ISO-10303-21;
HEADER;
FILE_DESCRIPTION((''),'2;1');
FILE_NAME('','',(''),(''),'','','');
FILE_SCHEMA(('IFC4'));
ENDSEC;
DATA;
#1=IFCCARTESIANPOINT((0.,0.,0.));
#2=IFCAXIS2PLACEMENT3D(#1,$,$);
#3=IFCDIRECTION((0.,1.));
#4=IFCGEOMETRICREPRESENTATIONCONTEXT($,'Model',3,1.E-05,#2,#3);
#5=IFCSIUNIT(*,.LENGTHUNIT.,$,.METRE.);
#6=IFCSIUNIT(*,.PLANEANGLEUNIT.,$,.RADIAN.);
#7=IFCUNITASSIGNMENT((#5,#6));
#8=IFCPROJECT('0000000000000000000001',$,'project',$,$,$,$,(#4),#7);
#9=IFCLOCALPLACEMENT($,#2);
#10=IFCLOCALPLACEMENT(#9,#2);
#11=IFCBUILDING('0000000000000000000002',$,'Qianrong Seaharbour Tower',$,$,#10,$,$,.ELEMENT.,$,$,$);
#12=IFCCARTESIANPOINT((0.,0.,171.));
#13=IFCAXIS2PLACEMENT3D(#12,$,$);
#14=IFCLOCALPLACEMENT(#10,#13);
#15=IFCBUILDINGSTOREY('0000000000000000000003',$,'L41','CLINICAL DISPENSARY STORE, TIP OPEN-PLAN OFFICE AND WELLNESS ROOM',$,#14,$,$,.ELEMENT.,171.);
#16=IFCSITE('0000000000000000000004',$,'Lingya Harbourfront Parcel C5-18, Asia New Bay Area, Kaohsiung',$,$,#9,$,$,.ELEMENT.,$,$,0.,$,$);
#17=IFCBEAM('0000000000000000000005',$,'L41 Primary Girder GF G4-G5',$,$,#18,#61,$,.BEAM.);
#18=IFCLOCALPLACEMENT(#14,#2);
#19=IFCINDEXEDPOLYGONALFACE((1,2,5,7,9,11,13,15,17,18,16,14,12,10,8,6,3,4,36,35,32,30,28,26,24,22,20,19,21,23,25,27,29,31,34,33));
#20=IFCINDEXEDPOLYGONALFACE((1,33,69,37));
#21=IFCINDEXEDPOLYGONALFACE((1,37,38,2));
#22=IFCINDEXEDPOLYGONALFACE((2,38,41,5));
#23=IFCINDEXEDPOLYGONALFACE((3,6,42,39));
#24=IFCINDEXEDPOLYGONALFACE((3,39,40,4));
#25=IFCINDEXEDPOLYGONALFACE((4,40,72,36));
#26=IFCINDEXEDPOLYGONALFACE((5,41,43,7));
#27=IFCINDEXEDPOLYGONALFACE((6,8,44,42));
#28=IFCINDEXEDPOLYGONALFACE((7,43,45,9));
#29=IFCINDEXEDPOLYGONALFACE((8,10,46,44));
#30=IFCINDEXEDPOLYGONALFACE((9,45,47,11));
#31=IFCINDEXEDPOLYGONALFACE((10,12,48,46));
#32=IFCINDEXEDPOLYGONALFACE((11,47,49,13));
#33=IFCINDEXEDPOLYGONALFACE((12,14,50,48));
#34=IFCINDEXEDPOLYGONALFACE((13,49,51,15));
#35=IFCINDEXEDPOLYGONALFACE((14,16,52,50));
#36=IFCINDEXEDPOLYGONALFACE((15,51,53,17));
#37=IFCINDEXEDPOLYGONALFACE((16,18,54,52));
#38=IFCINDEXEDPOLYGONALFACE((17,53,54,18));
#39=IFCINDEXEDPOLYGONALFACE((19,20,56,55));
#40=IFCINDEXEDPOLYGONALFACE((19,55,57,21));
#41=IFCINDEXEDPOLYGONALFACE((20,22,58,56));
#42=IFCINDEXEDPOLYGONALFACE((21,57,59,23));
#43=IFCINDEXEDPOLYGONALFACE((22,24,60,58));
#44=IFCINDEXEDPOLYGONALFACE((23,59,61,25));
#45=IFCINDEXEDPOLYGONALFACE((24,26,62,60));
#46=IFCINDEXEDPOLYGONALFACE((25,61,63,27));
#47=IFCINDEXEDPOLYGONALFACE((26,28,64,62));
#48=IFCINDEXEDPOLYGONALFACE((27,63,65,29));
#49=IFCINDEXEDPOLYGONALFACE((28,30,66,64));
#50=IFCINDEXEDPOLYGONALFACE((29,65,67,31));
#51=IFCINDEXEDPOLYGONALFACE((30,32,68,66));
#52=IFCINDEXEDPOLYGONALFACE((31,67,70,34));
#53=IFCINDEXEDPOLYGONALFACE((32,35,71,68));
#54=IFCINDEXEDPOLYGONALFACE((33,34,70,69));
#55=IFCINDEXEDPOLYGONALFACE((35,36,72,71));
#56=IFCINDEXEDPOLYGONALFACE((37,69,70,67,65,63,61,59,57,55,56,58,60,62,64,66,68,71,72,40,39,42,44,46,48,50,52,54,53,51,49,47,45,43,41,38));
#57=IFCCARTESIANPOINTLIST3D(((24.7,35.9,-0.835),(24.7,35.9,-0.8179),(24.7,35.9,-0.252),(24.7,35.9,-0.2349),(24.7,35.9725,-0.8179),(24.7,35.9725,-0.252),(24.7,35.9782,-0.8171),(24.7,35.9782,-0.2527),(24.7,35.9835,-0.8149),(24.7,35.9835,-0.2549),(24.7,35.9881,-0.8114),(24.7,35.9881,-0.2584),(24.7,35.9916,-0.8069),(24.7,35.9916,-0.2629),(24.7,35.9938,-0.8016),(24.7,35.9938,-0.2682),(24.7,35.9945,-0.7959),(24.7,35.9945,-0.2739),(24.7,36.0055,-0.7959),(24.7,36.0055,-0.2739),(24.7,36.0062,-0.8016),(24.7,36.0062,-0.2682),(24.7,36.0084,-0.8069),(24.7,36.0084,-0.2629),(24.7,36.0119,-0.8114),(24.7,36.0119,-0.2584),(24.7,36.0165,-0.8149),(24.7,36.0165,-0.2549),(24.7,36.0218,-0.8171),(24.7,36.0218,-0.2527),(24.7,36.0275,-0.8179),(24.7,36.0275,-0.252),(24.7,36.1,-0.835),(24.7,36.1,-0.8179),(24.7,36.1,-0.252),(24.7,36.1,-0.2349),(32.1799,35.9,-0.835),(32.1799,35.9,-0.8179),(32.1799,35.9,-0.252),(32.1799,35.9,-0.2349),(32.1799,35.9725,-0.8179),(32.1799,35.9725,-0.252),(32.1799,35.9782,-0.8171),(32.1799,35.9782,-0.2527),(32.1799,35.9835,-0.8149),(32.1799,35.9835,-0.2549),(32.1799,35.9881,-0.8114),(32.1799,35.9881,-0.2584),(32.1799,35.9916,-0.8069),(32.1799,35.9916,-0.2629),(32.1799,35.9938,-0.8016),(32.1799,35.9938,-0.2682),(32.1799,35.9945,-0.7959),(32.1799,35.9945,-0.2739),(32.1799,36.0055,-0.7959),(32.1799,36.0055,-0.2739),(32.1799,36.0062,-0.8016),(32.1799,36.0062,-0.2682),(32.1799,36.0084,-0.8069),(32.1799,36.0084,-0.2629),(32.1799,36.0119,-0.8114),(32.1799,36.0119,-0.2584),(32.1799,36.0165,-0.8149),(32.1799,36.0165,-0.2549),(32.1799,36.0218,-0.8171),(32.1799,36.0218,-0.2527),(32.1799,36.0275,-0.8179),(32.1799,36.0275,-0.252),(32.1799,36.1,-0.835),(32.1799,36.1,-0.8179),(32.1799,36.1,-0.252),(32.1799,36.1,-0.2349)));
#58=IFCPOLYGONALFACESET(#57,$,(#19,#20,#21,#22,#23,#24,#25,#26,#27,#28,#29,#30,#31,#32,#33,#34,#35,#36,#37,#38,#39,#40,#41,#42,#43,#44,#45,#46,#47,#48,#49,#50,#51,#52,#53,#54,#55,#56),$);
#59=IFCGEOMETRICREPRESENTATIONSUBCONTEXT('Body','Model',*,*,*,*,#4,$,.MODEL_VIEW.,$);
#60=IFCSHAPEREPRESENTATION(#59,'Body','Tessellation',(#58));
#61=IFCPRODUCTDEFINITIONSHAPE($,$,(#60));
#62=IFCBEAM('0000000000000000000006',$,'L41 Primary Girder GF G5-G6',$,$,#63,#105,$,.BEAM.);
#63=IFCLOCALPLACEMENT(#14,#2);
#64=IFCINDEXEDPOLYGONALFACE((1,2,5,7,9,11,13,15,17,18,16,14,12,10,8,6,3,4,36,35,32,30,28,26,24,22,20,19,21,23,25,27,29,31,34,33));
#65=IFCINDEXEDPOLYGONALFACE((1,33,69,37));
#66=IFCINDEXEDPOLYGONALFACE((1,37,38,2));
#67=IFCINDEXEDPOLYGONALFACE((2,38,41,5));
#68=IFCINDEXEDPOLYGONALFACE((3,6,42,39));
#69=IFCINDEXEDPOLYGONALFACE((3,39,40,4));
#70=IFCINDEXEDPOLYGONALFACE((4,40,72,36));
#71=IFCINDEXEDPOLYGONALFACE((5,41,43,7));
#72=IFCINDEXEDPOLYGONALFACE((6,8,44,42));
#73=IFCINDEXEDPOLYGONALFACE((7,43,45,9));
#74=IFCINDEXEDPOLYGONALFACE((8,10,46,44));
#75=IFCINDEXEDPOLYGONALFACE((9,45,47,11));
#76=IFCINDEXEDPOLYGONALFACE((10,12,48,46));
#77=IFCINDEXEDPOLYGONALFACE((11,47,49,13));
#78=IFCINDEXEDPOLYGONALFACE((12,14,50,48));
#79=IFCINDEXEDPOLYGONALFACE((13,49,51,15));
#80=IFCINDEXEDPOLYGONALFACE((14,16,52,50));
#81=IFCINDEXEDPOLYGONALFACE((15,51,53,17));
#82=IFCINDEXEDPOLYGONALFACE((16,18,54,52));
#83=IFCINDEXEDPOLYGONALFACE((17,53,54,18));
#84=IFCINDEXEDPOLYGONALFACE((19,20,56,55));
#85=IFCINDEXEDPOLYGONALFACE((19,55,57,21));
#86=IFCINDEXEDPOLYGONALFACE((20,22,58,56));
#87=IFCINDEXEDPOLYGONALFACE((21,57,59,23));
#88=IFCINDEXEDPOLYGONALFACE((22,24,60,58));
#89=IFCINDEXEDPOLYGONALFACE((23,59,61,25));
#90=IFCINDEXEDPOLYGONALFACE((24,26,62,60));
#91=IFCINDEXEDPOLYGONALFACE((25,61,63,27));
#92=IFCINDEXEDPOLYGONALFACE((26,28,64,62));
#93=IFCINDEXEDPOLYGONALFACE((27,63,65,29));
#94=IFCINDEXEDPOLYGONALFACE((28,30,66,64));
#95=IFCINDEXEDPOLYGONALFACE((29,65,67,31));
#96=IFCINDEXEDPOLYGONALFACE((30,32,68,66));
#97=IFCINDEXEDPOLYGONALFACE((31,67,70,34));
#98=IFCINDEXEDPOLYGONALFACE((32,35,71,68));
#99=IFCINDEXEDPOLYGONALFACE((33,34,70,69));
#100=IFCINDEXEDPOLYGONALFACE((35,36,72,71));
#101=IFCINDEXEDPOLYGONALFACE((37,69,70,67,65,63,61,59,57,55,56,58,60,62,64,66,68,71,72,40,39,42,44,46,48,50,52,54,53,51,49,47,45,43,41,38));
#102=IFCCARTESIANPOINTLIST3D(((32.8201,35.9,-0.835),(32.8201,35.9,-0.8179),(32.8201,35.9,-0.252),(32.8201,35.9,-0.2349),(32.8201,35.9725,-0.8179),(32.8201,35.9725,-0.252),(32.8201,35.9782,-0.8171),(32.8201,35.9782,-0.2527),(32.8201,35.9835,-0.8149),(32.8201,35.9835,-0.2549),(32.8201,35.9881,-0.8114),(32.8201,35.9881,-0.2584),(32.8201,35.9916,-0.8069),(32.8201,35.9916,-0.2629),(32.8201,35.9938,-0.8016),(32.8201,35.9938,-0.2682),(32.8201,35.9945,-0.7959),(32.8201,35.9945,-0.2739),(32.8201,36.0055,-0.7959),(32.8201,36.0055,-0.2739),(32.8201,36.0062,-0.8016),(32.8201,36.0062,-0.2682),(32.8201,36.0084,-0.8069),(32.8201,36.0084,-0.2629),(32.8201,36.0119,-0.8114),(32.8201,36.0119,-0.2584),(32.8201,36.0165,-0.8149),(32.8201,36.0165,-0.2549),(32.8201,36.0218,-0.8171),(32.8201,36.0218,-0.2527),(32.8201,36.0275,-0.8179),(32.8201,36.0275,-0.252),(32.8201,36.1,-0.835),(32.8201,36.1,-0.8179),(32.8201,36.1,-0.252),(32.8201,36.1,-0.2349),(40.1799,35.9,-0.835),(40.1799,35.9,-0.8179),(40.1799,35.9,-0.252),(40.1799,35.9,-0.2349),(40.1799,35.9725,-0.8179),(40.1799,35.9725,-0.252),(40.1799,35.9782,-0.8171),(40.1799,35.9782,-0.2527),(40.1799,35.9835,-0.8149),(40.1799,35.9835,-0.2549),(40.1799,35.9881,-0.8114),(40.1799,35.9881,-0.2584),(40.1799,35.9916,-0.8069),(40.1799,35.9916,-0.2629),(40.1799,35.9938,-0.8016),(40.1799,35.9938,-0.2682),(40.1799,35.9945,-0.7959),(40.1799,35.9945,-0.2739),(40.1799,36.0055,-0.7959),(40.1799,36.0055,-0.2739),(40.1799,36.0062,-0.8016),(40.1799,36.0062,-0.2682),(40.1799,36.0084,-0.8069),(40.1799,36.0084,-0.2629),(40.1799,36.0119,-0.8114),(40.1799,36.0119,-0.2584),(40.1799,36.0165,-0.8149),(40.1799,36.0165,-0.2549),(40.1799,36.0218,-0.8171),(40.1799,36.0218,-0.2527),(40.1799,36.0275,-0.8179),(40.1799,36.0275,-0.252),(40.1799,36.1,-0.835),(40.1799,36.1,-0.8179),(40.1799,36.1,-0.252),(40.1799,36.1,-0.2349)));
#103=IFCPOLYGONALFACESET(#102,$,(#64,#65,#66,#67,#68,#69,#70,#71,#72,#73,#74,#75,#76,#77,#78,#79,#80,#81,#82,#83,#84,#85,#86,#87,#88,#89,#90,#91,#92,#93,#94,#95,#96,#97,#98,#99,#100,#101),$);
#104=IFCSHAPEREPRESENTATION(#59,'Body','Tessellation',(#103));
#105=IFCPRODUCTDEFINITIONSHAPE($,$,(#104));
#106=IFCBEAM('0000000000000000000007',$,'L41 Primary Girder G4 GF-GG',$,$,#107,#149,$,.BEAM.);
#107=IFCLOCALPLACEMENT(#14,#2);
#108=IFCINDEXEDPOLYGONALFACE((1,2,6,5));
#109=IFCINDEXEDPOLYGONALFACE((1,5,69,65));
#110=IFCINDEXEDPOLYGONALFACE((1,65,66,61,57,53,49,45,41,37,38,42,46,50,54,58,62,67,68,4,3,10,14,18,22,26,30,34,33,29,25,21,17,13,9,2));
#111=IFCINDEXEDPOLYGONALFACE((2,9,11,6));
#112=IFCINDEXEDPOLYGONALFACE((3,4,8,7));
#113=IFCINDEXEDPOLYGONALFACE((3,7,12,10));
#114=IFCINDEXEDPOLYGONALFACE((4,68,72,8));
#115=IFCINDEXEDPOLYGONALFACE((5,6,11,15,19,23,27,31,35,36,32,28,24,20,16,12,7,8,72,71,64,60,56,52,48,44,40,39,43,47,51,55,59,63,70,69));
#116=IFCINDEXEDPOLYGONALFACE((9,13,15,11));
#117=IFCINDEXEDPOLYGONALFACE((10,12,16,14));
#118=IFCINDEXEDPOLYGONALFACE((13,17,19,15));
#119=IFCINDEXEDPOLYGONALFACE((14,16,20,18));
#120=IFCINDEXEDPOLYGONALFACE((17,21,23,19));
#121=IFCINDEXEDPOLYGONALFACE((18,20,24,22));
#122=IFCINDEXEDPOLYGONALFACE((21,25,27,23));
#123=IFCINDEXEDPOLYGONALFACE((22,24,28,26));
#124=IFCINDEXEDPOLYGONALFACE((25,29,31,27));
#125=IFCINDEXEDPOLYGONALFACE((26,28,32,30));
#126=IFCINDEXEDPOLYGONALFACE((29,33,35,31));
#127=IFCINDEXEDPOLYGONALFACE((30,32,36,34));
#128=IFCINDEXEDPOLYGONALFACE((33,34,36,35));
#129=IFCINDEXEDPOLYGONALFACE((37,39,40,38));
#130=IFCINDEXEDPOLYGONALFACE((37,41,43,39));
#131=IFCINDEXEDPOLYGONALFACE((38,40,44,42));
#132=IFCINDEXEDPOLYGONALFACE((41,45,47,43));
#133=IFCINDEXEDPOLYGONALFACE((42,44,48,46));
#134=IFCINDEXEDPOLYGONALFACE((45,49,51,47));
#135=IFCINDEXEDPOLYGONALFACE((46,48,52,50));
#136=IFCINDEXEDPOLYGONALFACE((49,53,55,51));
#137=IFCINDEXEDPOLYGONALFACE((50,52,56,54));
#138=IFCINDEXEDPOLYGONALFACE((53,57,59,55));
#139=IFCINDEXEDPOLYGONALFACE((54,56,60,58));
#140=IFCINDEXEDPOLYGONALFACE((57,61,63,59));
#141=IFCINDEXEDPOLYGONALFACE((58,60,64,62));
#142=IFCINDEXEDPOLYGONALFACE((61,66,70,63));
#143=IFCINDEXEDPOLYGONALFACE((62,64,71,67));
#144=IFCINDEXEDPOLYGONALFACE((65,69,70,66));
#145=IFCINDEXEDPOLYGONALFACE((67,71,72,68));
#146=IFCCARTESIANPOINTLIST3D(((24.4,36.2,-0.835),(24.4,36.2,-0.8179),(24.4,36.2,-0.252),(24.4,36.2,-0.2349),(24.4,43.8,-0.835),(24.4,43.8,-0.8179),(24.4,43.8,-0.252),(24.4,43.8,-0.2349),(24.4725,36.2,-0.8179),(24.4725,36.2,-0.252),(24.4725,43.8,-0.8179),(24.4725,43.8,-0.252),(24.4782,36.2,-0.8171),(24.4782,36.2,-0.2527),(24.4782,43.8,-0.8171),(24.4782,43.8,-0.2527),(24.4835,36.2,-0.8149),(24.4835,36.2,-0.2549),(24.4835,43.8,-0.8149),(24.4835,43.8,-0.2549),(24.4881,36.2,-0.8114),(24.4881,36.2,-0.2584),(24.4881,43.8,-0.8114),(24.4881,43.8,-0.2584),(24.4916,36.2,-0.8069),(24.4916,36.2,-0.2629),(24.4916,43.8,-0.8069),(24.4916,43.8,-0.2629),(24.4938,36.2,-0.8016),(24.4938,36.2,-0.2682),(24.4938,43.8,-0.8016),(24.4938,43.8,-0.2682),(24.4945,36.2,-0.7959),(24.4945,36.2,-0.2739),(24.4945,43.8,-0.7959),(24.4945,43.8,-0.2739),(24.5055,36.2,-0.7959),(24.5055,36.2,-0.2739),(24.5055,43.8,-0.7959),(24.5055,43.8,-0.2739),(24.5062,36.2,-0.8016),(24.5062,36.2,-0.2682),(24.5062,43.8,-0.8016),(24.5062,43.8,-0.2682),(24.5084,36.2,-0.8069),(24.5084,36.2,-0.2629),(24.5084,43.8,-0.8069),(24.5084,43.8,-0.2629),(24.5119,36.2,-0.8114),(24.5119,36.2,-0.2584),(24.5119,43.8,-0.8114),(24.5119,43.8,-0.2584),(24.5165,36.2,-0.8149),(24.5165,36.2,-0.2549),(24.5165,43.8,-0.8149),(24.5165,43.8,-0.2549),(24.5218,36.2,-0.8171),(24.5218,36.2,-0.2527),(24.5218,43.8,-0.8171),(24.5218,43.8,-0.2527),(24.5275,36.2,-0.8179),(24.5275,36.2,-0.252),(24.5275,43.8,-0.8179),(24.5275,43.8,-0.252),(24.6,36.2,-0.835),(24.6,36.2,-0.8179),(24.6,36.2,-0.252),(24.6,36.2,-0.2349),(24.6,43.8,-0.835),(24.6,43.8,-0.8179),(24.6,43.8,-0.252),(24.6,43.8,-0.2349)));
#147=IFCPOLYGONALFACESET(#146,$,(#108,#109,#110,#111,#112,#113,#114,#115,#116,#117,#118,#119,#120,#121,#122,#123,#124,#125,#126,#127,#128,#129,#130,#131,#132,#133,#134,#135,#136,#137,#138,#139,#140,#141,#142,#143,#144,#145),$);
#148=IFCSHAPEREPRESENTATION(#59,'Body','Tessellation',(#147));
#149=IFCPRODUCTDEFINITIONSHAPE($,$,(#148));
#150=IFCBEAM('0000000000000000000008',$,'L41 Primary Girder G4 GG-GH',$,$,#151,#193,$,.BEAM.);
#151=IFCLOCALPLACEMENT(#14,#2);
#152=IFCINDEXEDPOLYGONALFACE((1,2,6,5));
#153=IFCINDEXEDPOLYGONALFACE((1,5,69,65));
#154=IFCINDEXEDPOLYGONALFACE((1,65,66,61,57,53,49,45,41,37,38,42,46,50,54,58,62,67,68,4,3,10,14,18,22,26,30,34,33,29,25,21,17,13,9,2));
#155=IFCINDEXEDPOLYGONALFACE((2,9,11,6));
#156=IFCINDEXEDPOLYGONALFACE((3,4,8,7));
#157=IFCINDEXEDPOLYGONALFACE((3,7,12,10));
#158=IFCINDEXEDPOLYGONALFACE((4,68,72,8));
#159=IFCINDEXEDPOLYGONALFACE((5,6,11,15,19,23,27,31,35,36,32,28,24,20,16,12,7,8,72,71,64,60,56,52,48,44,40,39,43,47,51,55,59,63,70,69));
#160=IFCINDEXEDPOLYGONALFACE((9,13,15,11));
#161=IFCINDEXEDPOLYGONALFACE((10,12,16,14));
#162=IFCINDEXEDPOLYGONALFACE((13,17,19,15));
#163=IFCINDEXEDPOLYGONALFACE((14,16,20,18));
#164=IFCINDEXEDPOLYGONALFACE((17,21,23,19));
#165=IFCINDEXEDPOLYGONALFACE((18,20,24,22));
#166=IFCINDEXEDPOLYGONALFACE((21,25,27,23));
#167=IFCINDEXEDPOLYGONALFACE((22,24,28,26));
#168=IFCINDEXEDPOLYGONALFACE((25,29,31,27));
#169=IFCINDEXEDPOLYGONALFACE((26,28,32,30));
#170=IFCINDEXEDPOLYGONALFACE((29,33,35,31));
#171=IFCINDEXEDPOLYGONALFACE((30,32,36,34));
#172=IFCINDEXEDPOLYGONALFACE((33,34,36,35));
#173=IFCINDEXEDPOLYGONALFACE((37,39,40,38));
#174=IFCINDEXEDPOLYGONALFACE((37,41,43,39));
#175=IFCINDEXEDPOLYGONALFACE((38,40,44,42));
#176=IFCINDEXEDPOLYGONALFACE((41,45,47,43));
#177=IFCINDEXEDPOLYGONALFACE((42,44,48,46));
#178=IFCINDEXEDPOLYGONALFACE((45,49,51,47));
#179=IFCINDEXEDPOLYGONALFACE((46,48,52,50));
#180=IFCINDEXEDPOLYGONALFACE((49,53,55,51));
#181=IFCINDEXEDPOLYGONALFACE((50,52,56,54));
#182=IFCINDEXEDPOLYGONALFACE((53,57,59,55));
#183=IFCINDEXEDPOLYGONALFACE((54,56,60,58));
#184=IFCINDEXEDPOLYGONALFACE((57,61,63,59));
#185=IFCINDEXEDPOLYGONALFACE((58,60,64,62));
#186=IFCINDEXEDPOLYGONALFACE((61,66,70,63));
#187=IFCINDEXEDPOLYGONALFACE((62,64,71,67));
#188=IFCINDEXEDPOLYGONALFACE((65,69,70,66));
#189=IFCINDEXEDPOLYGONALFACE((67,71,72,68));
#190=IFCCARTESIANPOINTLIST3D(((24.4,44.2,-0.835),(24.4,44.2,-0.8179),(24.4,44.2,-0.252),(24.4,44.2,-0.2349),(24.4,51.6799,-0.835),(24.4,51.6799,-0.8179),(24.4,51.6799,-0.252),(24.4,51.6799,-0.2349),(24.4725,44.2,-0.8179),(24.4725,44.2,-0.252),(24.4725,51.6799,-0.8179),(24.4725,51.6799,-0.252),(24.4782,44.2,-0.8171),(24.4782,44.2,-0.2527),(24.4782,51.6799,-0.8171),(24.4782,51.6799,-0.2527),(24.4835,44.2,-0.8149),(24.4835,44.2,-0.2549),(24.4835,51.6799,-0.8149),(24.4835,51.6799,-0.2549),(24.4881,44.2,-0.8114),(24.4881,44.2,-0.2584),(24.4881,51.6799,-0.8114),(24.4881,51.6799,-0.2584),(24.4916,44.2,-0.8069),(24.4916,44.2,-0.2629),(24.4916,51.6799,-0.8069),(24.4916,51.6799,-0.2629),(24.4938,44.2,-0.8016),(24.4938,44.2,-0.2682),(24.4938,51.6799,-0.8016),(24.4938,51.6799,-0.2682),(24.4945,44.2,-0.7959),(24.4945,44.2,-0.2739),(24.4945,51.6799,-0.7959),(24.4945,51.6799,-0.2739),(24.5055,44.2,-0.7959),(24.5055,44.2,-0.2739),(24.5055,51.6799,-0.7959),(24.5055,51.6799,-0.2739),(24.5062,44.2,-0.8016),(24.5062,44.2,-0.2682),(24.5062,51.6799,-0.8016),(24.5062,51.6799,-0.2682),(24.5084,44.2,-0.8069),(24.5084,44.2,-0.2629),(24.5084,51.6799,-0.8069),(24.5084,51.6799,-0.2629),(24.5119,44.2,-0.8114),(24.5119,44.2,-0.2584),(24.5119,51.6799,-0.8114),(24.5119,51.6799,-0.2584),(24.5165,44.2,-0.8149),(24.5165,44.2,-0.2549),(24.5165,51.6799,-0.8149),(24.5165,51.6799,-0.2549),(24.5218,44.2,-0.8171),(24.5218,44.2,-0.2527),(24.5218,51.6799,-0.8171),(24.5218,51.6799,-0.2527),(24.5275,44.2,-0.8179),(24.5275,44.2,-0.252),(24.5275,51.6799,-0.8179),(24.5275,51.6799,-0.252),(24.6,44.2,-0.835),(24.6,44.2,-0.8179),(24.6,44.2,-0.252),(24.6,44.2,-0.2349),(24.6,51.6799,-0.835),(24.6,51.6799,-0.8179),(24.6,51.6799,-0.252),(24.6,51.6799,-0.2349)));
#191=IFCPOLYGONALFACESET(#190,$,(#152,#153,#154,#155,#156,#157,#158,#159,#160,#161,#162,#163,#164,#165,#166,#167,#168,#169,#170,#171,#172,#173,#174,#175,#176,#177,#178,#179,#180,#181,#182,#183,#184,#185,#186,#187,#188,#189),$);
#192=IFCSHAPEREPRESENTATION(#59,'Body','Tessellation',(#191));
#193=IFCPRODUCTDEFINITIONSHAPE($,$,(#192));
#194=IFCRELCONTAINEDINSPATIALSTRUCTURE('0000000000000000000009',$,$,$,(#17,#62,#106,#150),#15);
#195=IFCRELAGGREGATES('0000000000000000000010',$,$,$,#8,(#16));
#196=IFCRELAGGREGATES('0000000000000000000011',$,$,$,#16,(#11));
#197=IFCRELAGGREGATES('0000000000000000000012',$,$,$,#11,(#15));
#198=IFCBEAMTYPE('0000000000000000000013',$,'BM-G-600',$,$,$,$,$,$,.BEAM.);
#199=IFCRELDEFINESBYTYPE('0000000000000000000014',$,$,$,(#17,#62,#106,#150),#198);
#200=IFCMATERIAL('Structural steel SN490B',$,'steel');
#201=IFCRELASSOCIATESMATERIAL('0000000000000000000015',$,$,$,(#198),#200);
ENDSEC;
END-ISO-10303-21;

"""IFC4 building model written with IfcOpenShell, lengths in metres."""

from ifc_helpers import new_model, si_unit, direction, frame, origin, origin_2d, place, context, subcontext, project, spatial, i_section, extrude, material, material_profile, profile_set, type_object, element, save


model = new_model("IFC4")

# Units and contexts
model_context = context("Model", 3, precision=1e-05, world=origin(), true_north=direction((0.0, 1.0)))
body_context = subcontext(model_context, "Body", "Model", "MODEL_VIEW")
ifc_project = project(units=[si_unit("LENGTHUNIT", "METRE"), si_unit("PLANEANGLEUNIT", "RADIAN")], contexts=[model_context])

# Site, building, storey
site_placement = place(None, origin())
site = spatial("IfcSite", under=ifc_project, at=site_placement, Name="Lingya Harbourfront Parcel C5-18, Asia New Bay Area, Kaohsiung", CompositionType="ELEMENT", RefElevation=0.0)
building_placement = place(site_placement, origin())
building = spatial("IfcBuilding", under=site, at=building_placement, Name="Qianrong Seaharbour Tower", CompositionType="ELEMENT")
storey_placement = place(building_placement, frame((0.0, 0.0, 171.0)))
storey = spatial("IfcBuildingStorey", under=building, at=storey_placement, Name="L41", Description="CLINICAL DISPENSARY STORE, TIP OPEN-PLAN OFFICE AND WELLNESS ROOM", CompositionType="ELEMENT", Elevation=171.0)

# Shared definitions
ifc_material_1 = material(Name="Structural steel SN490B", Category="steel")

# Beams
ifc_material_profile_1 = material_profile(ifc_material_1, i_section(OverallWidth=0.2, OverallDepth=0.6001, WebThickness=0.011, FlangeThickness=0.0171, FilletRadius=0.022, at=origin_2d()), Name="H600x200x11x17")
ifc_profile_set_1 = profile_set([ifc_material_profile_1], Name="Structural steel SN490B")
beam_type_1 = type_object("IfcBeamType", Name="BM-G-600", PredefinedType="BEAM", material=ifc_profile_set_1)
beam_1_placement = place(storey_placement, frame((24.7, 36.0, -0.5349), z_axis=(1.0, 0.0, 0.0), x_axis=(0.0, 1.0, 0.0)))
element("IfcBeam", 1, at=beam_1_placement, inside=storey, type_object=beam_type_1, Name="L41 Primary Girder GF G4-G5", PredefinedType="BEAM", context=body_context, shape_type="SweptSolid", body=[
    extrude(i_section(OverallWidth=0.2, OverallDepth=0.6001, WebThickness=0.011, FlangeThickness=0.0171, FilletRadius=0.022, at=origin_2d()), origin(), (0.0, 0.0, 1.0), 7.48),
])
beam_2_placement = place(storey_placement, frame((32.8201, 36.0, -0.5349), z_axis=(1.0, 0.0, 0.0), x_axis=(0.0, 1.0, 0.0)))
element("IfcBeam", 2, at=beam_2_placement, inside=storey, type_object=beam_type_1, Name="L41 Primary Girder GF G5-G6", PredefinedType="BEAM", context=body_context, shape_type="SweptSolid", body=[
    extrude(i_section(OverallWidth=0.2, OverallDepth=0.6001, WebThickness=0.011, FlangeThickness=0.0171, FilletRadius=0.022, at=origin_2d()), origin(), (0.0, 0.0, 1.0), 7.3599),
])
beam_3_placement = place(storey_placement, frame((24.5, 36.2, -0.5349), z_axis=(0.0, 1.0, 0.0), x_axis=(-1.0, 0.0, 0.0)))
element("IfcBeam", 3, at=beam_3_placement, inside=storey, type_object=beam_type_1, Name="L41 Primary Girder G4 GF-GG", PredefinedType="BEAM", context=body_context, shape_type="SweptSolid", body=[
    extrude(i_section(OverallWidth=0.2, OverallDepth=0.6001, WebThickness=0.011, FlangeThickness=0.0171, FilletRadius=0.022, at=origin_2d()), origin(), (0.0, 0.0, 1.0), 7.6001),
])
beam_4_placement = place(storey_placement, frame((24.5, 44.2, -0.5349), z_axis=(0.0, 1.0, 0.0), x_axis=(-1.0, 0.0, 0.0)))
element("IfcBeam", 4, at=beam_4_placement, inside=storey, type_object=beam_type_1, Name="L41 Primary Girder G4 GG-GH", PredefinedType="BEAM", context=body_context, shape_type="SweptSolid", body=[
    extrude(i_section(OverallWidth=0.2, OverallDepth=0.6001, WebThickness=0.011, FlangeThickness=0.0171, FilletRadius=0.022, at=origin_2d()), origin(), (0.0, 0.0, 1.0), 7.48),
])

save(model, "model.ifc")
